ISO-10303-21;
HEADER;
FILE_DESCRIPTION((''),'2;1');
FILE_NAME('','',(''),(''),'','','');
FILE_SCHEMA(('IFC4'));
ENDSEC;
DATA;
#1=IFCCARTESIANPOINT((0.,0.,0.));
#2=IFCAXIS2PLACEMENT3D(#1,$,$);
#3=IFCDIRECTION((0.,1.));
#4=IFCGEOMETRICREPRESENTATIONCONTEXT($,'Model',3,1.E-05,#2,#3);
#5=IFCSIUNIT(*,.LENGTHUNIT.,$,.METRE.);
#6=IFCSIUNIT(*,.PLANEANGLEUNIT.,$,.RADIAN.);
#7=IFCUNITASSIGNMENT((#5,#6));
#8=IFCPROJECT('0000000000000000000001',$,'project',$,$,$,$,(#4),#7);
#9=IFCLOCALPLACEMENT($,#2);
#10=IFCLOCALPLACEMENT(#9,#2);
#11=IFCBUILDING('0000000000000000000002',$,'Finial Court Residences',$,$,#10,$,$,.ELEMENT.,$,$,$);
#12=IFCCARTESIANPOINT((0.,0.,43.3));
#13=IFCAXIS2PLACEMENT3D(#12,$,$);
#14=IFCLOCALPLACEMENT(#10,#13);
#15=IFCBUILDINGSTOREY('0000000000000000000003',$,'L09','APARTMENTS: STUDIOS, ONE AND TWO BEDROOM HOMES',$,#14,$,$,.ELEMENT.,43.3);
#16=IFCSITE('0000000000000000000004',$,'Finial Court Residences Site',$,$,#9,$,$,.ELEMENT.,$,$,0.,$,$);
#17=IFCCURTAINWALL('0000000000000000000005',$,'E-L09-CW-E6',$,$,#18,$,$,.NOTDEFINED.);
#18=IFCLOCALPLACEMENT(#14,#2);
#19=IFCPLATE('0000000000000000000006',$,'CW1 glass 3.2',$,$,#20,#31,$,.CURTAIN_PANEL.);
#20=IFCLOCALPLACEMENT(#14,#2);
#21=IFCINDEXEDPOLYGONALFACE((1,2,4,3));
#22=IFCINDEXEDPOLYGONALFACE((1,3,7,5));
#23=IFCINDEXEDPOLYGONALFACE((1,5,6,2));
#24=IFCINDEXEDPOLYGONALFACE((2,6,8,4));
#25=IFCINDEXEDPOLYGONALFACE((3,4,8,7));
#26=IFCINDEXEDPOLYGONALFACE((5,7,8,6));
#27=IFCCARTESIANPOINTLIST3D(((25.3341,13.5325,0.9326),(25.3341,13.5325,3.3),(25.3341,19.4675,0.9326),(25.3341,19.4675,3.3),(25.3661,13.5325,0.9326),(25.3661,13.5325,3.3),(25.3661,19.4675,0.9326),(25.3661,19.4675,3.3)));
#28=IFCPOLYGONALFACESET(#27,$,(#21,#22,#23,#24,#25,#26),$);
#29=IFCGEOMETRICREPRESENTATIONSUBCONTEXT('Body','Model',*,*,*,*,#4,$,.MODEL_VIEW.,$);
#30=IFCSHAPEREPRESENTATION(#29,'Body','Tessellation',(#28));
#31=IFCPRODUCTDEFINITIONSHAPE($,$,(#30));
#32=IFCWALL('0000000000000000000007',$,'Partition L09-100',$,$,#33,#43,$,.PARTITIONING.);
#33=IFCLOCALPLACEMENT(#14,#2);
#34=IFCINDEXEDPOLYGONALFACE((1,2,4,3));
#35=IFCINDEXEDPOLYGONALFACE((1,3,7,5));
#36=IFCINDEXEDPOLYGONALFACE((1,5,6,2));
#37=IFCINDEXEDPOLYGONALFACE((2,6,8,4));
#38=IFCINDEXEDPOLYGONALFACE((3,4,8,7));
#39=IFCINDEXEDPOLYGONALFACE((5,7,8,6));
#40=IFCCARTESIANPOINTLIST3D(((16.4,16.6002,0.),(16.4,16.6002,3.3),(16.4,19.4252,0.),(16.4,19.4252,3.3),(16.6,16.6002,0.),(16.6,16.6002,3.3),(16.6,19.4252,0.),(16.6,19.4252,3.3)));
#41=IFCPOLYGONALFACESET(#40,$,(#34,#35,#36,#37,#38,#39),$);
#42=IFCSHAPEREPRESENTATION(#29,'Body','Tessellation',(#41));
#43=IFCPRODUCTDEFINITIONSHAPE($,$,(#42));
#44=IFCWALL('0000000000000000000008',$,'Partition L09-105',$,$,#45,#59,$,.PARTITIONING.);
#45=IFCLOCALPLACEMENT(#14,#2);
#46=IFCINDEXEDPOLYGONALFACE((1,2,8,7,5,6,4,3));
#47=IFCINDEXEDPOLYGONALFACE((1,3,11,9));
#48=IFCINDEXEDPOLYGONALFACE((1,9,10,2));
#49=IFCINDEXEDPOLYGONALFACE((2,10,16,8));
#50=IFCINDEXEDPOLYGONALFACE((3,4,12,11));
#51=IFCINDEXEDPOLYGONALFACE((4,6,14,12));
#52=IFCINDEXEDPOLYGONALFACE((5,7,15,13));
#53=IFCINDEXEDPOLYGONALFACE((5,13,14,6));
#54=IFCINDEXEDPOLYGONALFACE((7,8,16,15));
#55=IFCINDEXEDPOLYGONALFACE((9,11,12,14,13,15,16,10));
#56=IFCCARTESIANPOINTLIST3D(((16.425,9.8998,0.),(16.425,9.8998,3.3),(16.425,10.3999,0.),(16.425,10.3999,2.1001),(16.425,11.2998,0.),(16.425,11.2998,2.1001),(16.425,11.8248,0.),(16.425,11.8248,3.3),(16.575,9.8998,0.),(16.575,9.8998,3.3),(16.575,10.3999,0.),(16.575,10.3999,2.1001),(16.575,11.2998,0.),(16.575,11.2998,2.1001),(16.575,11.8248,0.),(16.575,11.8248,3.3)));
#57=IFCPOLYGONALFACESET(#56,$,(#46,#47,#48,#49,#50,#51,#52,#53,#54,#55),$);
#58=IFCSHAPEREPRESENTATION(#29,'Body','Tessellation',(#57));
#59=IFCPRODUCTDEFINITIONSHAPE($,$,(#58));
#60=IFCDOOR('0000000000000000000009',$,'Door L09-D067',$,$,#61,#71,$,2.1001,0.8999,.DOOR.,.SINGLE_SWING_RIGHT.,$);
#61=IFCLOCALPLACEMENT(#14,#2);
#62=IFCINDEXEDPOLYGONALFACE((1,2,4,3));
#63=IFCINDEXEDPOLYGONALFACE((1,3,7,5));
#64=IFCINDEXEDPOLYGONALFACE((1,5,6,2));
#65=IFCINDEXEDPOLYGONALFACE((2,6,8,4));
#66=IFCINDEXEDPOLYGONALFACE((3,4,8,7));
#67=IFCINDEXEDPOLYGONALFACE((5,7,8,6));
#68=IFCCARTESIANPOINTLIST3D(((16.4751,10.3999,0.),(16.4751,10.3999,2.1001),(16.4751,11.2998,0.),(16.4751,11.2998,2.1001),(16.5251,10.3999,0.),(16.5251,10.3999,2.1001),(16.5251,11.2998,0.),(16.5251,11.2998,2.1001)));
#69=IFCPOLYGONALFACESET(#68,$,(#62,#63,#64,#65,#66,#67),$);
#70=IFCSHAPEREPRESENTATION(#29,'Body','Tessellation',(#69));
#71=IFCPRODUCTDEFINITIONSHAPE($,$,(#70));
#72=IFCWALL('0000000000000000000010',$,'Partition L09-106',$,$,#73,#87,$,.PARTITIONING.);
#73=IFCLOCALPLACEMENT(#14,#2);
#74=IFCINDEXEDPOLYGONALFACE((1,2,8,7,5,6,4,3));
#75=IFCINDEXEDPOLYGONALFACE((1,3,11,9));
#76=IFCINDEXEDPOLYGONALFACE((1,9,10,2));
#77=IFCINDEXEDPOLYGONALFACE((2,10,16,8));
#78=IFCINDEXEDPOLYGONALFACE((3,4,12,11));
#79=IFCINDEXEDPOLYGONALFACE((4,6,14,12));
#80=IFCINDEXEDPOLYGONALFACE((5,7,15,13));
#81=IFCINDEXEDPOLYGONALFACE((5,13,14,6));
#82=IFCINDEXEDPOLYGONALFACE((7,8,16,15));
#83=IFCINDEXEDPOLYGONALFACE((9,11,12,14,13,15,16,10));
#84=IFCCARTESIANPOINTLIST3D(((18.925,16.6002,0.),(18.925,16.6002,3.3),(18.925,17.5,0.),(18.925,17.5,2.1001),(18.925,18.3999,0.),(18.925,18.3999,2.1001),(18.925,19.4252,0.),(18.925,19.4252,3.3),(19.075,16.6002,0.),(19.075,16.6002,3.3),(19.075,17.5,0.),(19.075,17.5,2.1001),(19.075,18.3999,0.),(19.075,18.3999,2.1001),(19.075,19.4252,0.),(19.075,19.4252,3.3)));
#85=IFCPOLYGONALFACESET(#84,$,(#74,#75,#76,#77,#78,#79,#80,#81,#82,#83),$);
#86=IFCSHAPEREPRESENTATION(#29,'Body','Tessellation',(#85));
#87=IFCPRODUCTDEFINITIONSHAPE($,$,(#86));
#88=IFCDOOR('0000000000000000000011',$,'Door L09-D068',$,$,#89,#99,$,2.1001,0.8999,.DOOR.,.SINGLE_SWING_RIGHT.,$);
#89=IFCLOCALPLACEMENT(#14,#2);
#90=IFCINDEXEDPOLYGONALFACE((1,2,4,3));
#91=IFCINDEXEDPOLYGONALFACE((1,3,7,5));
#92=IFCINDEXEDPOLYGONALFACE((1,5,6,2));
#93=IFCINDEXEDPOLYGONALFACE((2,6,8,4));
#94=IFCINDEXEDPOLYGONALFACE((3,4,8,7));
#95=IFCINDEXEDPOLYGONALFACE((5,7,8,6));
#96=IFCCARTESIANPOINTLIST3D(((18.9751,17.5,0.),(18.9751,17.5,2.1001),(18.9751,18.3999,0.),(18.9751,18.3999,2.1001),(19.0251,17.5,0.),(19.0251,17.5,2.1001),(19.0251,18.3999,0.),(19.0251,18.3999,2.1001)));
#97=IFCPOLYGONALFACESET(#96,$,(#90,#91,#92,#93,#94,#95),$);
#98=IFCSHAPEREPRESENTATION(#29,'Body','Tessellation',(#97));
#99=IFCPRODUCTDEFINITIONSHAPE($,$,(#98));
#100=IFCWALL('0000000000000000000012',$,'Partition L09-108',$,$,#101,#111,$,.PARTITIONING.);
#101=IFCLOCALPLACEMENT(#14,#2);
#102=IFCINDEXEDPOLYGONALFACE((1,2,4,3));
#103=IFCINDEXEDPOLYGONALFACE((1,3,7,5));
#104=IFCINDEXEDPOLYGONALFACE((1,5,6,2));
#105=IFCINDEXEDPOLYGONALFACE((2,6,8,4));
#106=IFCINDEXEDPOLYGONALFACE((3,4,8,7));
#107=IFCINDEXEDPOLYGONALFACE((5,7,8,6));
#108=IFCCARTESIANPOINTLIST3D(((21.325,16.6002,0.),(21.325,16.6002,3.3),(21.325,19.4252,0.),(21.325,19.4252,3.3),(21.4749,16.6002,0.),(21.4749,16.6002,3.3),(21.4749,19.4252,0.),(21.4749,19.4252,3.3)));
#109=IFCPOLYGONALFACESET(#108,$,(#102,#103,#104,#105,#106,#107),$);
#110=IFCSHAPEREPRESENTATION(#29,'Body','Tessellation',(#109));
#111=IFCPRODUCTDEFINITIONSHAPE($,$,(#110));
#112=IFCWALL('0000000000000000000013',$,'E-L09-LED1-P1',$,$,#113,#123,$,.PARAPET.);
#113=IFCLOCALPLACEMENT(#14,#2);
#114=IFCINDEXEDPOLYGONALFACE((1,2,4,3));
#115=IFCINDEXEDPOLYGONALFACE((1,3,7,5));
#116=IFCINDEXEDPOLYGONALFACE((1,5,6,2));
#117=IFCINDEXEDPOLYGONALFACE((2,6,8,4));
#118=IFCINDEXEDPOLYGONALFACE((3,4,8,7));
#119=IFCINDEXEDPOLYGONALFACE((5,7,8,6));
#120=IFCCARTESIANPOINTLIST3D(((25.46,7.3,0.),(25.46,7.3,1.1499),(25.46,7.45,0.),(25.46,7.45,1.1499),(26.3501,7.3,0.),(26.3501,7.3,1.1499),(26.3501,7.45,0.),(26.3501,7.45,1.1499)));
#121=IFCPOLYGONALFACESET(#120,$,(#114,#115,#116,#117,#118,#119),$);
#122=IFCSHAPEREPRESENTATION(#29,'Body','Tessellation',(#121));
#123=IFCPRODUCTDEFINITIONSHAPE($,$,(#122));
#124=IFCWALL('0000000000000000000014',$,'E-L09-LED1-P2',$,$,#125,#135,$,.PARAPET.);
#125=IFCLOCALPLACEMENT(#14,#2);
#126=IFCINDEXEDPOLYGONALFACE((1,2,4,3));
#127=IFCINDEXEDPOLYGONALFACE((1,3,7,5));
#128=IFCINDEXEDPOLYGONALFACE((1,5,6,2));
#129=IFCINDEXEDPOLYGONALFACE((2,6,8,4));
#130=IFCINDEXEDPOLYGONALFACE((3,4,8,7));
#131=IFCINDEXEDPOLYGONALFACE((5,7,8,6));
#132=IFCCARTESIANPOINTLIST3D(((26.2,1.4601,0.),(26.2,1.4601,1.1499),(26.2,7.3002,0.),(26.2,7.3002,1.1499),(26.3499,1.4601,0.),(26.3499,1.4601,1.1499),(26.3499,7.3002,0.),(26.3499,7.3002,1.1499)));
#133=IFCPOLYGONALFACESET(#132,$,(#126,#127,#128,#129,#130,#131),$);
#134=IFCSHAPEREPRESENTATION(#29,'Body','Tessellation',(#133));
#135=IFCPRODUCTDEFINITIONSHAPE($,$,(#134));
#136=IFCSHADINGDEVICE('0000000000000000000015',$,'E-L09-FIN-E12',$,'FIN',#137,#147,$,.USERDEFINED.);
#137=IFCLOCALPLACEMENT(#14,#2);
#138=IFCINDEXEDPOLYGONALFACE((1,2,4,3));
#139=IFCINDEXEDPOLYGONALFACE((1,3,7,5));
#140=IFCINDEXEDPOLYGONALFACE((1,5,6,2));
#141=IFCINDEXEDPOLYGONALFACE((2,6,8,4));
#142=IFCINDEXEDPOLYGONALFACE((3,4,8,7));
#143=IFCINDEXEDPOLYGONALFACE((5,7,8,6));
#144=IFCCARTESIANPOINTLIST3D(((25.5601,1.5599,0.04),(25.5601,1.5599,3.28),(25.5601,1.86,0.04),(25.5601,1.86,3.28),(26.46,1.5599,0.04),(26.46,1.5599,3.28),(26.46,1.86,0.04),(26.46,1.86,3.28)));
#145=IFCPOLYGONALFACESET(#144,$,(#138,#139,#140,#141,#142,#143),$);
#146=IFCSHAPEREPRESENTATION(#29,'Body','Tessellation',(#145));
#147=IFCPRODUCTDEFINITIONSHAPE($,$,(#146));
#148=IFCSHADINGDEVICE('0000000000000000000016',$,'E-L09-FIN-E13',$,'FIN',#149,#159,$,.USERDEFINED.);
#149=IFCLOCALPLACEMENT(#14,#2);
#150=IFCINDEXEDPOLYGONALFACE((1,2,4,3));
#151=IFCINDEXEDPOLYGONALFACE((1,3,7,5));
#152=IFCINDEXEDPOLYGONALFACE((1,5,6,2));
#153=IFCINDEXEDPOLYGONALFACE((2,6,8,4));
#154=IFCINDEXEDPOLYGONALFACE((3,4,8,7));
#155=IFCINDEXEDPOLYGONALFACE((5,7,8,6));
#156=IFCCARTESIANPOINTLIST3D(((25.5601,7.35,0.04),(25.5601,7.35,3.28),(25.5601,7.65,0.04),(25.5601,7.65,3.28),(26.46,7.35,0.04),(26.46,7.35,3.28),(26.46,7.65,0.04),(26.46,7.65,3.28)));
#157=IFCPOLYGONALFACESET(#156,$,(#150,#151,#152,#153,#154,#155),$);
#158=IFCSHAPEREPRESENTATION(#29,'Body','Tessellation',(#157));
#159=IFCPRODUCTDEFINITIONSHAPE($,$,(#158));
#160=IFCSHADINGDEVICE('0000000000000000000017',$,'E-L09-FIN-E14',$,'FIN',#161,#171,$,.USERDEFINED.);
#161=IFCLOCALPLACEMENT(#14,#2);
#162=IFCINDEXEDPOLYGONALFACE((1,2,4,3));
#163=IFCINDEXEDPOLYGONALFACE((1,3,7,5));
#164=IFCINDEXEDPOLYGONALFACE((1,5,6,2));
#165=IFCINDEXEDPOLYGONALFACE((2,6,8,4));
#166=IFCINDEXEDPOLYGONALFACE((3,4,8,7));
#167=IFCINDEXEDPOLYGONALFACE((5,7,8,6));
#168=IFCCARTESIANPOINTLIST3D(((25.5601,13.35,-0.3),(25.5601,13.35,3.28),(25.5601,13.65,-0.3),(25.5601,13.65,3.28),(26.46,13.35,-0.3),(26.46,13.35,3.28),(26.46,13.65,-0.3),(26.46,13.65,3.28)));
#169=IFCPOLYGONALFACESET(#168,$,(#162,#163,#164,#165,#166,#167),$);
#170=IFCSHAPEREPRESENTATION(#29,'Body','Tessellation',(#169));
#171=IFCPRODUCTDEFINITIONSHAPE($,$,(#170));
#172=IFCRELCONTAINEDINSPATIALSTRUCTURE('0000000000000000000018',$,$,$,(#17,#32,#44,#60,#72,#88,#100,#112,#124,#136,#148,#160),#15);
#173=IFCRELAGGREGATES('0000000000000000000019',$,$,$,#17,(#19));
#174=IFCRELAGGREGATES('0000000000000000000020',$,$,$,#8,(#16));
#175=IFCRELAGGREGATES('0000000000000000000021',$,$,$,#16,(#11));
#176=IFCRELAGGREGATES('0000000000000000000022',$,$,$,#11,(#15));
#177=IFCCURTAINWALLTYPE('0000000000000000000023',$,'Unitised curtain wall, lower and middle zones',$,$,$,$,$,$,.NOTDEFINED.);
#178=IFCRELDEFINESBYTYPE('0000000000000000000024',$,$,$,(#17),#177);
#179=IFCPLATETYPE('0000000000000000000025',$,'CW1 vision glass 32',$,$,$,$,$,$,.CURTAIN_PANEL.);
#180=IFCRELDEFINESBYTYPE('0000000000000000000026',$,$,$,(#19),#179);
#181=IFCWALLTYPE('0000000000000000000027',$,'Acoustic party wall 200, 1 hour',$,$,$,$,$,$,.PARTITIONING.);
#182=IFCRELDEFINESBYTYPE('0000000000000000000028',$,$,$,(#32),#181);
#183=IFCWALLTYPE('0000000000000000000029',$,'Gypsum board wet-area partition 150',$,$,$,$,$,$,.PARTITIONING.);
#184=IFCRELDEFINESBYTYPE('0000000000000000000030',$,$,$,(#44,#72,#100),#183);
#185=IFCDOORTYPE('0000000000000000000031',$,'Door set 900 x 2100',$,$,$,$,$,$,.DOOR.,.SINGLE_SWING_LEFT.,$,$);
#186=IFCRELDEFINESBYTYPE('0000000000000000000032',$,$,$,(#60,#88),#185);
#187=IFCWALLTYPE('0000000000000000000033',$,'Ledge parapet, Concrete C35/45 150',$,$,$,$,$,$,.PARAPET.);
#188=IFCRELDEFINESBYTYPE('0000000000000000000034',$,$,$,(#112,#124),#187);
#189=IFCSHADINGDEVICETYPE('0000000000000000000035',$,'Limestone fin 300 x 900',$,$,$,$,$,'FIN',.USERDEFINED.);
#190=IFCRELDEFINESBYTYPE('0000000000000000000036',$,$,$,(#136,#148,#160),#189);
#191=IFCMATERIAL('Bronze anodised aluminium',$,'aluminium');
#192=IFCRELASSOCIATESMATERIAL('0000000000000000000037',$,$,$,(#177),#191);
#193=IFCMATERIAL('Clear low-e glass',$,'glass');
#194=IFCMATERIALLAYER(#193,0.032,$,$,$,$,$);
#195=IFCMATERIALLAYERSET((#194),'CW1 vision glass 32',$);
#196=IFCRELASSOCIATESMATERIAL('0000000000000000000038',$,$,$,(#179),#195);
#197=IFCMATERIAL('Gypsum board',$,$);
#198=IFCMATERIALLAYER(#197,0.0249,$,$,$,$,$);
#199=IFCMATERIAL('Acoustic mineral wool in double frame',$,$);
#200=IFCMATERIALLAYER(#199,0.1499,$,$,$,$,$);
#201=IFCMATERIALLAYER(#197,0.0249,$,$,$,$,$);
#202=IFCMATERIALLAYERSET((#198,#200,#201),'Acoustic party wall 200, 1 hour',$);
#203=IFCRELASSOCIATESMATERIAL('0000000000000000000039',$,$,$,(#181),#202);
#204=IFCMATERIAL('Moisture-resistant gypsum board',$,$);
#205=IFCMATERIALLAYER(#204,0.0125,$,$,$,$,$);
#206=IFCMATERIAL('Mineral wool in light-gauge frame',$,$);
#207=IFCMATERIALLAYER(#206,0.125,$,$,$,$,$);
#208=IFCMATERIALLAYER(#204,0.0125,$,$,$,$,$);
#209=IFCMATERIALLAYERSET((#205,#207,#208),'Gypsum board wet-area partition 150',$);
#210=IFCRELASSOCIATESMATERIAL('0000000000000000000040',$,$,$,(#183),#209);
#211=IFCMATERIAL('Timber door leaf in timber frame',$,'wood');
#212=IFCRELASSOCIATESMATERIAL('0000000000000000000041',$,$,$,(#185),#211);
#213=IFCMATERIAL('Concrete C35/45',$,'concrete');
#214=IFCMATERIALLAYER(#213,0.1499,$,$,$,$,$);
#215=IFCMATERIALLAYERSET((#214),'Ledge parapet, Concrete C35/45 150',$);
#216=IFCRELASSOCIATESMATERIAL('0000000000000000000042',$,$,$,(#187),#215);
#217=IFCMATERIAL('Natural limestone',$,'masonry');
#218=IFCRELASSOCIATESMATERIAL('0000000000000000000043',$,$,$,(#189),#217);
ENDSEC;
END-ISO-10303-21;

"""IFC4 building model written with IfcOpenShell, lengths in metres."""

from ifc_helpers import new_model, si_unit, direction, frame, frame_2d, origin, origin_2d, place, context, subcontext, project, spatial, rectangle, extrude, material, layer, layer_set, type_object, element, fill, aggregate, save


model = new_model("IFC4")

# Units and contexts
model_context = context("Model", 3, precision=1e-05, world=origin(), true_north=direction((0.0, 1.0)))
body_context = subcontext(model_context, "Body", "Model", "MODEL_VIEW")
ifc_project = project(units=[si_unit("LENGTHUNIT", "METRE"), si_unit("PLANEANGLEUNIT", "RADIAN")], contexts=[model_context])

# Site, building, storey
site_placement = place(None, origin())
site = spatial("IfcSite", under=ifc_project, at=site_placement, Name="Finial Court Residences Site", CompositionType="ELEMENT", RefElevation=0.0)
building_placement = place(site_placement, origin())
building = spatial("IfcBuilding", under=site, at=building_placement, Name="Finial Court Residences", CompositionType="ELEMENT")
storey_placement = place(building_placement, frame((0.0, 0.0, 43.3)))
storey = spatial("IfcBuildingStorey", under=building, at=storey_placement, Name="L09", Description="APARTMENTS: STUDIOS, ONE AND TWO BEDROOM HOMES", CompositionType="ELEMENT", Elevation=43.3)

# Curtain wall, plate
ifc_material_1 = material(Name="Bronze anodised aluminium", Category="aluminium")
curtain_wall_type = type_object("IfcCurtainWallType", Name="Unitised curtain wall, lower and middle zones", PredefinedType="NOTDEFINED", material=ifc_material_1)
curtain_wall_placement = place(storey_placement, origin())
curtain_wall = element("IfcCurtainWall", 1, at=curtain_wall_placement, inside=storey, type_object=curtain_wall_type, Name="E-L09-CW-E6", PredefinedType="NOTDEFINED")
ifc_material_2 = material(Name="Clear low-e glass", Category="glass")
ifc_layer_1 = layer(ifc_material_2, 0.032)
ifc_layer_set_1 = layer_set([ifc_layer_1], Name="CW1 vision glass 32")
plate_type_1 = type_object("IfcPlateType", Name="CW1 vision glass 32", PredefinedType="CURTAIN_PANEL", material=ifc_layer_set_1)
plate_1_placement = place(storey_placement, frame((25.3501, 16.5, 0.9326), z_axis=(0.0, 0.0, 1.0), x_axis=(0.0, 1.0, 0.0)))
plate_1 = element("IfcPlate", 2, at=plate_1_placement, type_object=plate_type_1, Name="CW1 glass 3.2", PredefinedType="CURTAIN_PANEL", context=body_context, shape_type="SweptSolid", body=[
    extrude(rectangle(XDim=5.9351, YDim=0.032, at=origin_2d()), origin(), (0.0, 0.0, 1.0), 2.3674),
])
aggregate(curtain_wall, [plate_1])

# Wall
ifc_material_3 = material(Name="Gypsum board")
ifc_layer_2 = layer(ifc_material_3, 0.0249)
ifc_material_4 = material(Name="Acoustic mineral wool in double frame")
ifc_layer_3 = layer(ifc_material_4, 0.1499)
ifc_layer_4 = layer(ifc_material_3, 0.0249)
ifc_layer_set_2 = layer_set([ifc_layer_2, ifc_layer_3, ifc_layer_4], Name="Acoustic party wall 200, 1 hour")
wall_type_1 = type_object("IfcWallType", Name="Acoustic party wall 200, 1 hour", PredefinedType="PARTITIONING", material=ifc_layer_set_2)
wall_1_placement = place(storey_placement, frame((16.5, 16.6001, 0.0), z_axis=(0.0, 0.0, 1.0), x_axis=(0.0, 1.0, 0.0)))
element("IfcWall", 3, at=wall_1_placement, inside=storey, type_object=wall_type_1, Name="Partition L09-100", PredefinedType="PARTITIONING", context=body_context, shape_type="SweptSolid", body=[
    extrude(rectangle(XDim=2.825, YDim=0.2, at=frame_2d((1.4126, 0.0))), origin(), (0.0, 0.0, 1.0), 3.3),
])

# Walls, openings, doors
ifc_material_5 = material(Name="Moisture-resistant gypsum board")
ifc_layer_5 = layer(ifc_material_5, 0.0125)
ifc_material_6 = material(Name="Mineral wool in light-gauge frame")
ifc_layer_6 = layer(ifc_material_6, 0.125)
ifc_layer_7 = layer(ifc_material_5, 0.0125)
ifc_layer_set_3 = layer_set([ifc_layer_5, ifc_layer_6, ifc_layer_7], Name="Gypsum board wet-area partition 150")
wall_type_2 = type_object("IfcWallType", Name="Gypsum board wet-area partition 150", PredefinedType="PARTITIONING", material=ifc_layer_set_3)
wall_2_placement = place(storey_placement, frame((16.5, 9.8999, 0.0), z_axis=(0.0, 0.0, 1.0), x_axis=(0.0, 1.0, 0.0)))
wall_2 = element("IfcWall", 4, at=wall_2_placement, inside=storey, type_object=wall_type_2, Name="Partition L09-105", PredefinedType="PARTITIONING", context=body_context, shape_type="SweptSolid", body=[
    extrude(rectangle(XDim=1.925, YDim=0.1499, at=frame_2d((0.9624, 0.0))), origin(), (0.0, 0.0, 1.0), 3.3),
])
opening_1_placement = place(wall_2_placement, frame((0.5, 0.0, 0.0)))
opening_1 = element("IfcOpeningElement", 5, at=opening_1_placement, cuts=wall_2, PredefinedType="OPENING", context=body_context, shape_type="SweptSolid", body=[
    extrude(rectangle(XDim=0.8999, YDim=2.1001, at=frame_2d((0.45, 1.05))), frame((0.0, 0.085, 0.0), z_axis=(0.0, -1.0, 0.0), x_axis=(1.0, 0.0, 0.0)), (0.0, 0.0, 1.0), 0.1699),
])
ifc_material_7 = material(Name="Timber door leaf in timber frame", Category="wood")
door_type = type_object("IfcDoorType", Name="Door set 900 x 2100", OperationType="SINGLE_SWING_LEFT", PredefinedType="DOOR", material=ifc_material_7)
door_1_placement = place(opening_1_placement, origin())
door_1 = element("IfcDoor", 6, at=door_1_placement, inside=storey, type_object=door_type, Name="Door L09-D067", OperationType="SINGLE_SWING_RIGHT", OverallHeight=2.1001, OverallWidth=0.8999, PredefinedType="DOOR", context=body_context, shape_type="SweptSolid", body=[
    extrude(rectangle(XDim=0.8999, YDim=2.1001, at=frame_2d((0.45, 1.05))), frame((0.0, 0.0249, 0.0), z_axis=(0.0, -1.0, 0.0), x_axis=(1.0, 0.0, 0.0)), (0.0, 0.0, 1.0), 0.05),
])
fill(opening_1, door_1)
wall_3_placement = place(storey_placement, frame((19.0, 16.6001, 0.0), z_axis=(0.0, 0.0, 1.0), x_axis=(0.0, 1.0, 0.0)))
wall_3 = element("IfcWall", 7, at=wall_3_placement, inside=storey, type_object=wall_type_2, Name="Partition L09-106", PredefinedType="PARTITIONING", context=body_context, shape_type="SweptSolid", body=[
    extrude(rectangle(XDim=2.825, YDim=0.1499, at=frame_2d((1.4126, 0.0))), origin(), (0.0, 0.0, 1.0), 3.3),
])
opening_2_placement = place(wall_3_placement, frame((0.8999, 0.0, 0.0)))
opening_2 = element("IfcOpeningElement", 8, at=opening_2_placement, cuts=wall_3, PredefinedType="OPENING", context=body_context, shape_type="SweptSolid", body=[
    extrude(rectangle(XDim=0.8999, YDim=2.1001, at=frame_2d((0.45, 1.05))), frame((0.0, 0.085, 0.0), z_axis=(0.0, -1.0, 0.0), x_axis=(1.0, 0.0, 0.0)), (0.0, 0.0, 1.0), 0.1699),
])
door_2_placement = place(opening_2_placement, origin())
door_2 = element("IfcDoor", 9, at=door_2_placement, inside=storey, type_object=door_type, Name="Door L09-D068", OperationType="SINGLE_SWING_RIGHT", OverallHeight=2.1001, OverallWidth=0.8999, PredefinedType="DOOR", context=body_context, shape_type="SweptSolid", body=[
    extrude(rectangle(XDim=0.8999, YDim=2.1001, at=frame_2d((0.45, 1.05))), frame((0.0, 0.0249, 0.0), z_axis=(0.0, -1.0, 0.0), x_axis=(1.0, 0.0, 0.0)), (0.0, 0.0, 1.0), 0.05),
])
fill(opening_2, door_2)

# Walls
wall_4_placement = place(storey_placement, frame((21.3999, 16.6001, 0.0), z_axis=(0.0, 0.0, 1.0), x_axis=(0.0, 1.0, 0.0)))
element("IfcWall", 10, at=wall_4_placement, inside=storey, type_object=wall_type_2, Name="Partition L09-108", PredefinedType="PARTITIONING", context=body_context, shape_type="SweptSolid", body=[
    extrude(rectangle(XDim=2.825, YDim=0.1499, at=frame_2d((1.4126, 0.0))), origin(), (0.0, 0.0, 1.0), 3.3),
])
ifc_material_8 = material(Name="Concrete C35/45", Category="concrete")
ifc_layer_8 = layer(ifc_material_8, 0.1499)
ifc_layer_set_4 = layer_set([ifc_layer_8], Name="Ledge parapet, Concrete C35/45 150")
wall_type_3 = type_object("IfcWallType", Name="Ledge parapet, Concrete C35/45 150", PredefinedType="PARAPET", material=ifc_layer_set_4)
wall_5_placement = place(storey_placement, frame((25.46, 7.375, 0.0), z_axis=(0.0, 0.0, 1.0), x_axis=(1.0, 0.0, 0.0)))
element("IfcWall", 11, at=wall_5_placement, inside=storey, type_object=wall_type_3, Name="E-L09-LED1-P1", PredefinedType="PARAPET", context=body_context, shape_type="SweptSolid", body=[
    extrude(rectangle(XDim=0.8901, YDim=0.1499, at=frame_2d((0.4451, 0.0))), origin(), (0.0, 0.0, 1.0), 1.1499),
])
wall_6_placement = place(storey_placement, frame((26.2749, 7.3, 0.0), z_axis=(0.0, 0.0, 1.0), x_axis=(0.0, -1.0, 0.0)))
element("IfcWall", 12, at=wall_6_placement, inside=storey, type_object=wall_type_3, Name="E-L09-LED1-P2", PredefinedType="PARAPET", context=body_context, shape_type="SweptSolid", body=[
    extrude(rectangle(XDim=5.8401, YDim=0.1499, at=frame_2d((2.9199, 0.0))), origin(), (0.0, 0.0, 1.0), 1.1499),
])

# Shading devices
ifc_material_9 = material(Name="Natural limestone", Category="masonry")
shading_device_type = type_object("IfcShadingDeviceType", Name="Limestone fin 300 x 900", ElementType="FIN", PredefinedType="USERDEFINED", material=ifc_material_9)
for number, where, z_axis, x_axis, name in (
    (13, (26.01, 1.71, 0.04), (0.0, 0.0, 1.0), (1.0, 0.0, 0.0), "E-L09-FIN-E12"),
    (14, (26.01, 7.5, 0.04), (0.0, 0.0, 1.0), (1.0, 0.0, 0.0), "E-L09-FIN-E13"),
):
    element("IfcShadingDevice", number, at=place(storey_placement, frame(where, z_axis=z_axis, x_axis=x_axis)), inside=storey, type_object=shading_device_type, Name=name, ObjectType="FIN", PredefinedType="USERDEFINED", context=body_context, shape_type="SweptSolid", body=[
        extrude(rectangle(XDim=0.8999, YDim=0.3, at=origin_2d()), origin(), (0.0, 0.0, 1.0), 3.24),
    ])
shading_device_placement = place(storey_placement, frame((26.01, 13.5, -0.3), z_axis=(0.0, 0.0, 1.0), x_axis=(1.0, 0.0, 0.0)))
element("IfcShadingDevice", 15, at=shading_device_placement, inside=storey, type_object=shading_device_type, Name="E-L09-FIN-E14", ObjectType="FIN", PredefinedType="USERDEFINED", context=body_context, shape_type="SweptSolid", body=[
    extrude(rectangle(XDim=0.8999, YDim=0.3, at=origin_2d()), origin(), (0.0, 0.0, 1.0), 3.5801),
])

save(model, "model.ifc")
